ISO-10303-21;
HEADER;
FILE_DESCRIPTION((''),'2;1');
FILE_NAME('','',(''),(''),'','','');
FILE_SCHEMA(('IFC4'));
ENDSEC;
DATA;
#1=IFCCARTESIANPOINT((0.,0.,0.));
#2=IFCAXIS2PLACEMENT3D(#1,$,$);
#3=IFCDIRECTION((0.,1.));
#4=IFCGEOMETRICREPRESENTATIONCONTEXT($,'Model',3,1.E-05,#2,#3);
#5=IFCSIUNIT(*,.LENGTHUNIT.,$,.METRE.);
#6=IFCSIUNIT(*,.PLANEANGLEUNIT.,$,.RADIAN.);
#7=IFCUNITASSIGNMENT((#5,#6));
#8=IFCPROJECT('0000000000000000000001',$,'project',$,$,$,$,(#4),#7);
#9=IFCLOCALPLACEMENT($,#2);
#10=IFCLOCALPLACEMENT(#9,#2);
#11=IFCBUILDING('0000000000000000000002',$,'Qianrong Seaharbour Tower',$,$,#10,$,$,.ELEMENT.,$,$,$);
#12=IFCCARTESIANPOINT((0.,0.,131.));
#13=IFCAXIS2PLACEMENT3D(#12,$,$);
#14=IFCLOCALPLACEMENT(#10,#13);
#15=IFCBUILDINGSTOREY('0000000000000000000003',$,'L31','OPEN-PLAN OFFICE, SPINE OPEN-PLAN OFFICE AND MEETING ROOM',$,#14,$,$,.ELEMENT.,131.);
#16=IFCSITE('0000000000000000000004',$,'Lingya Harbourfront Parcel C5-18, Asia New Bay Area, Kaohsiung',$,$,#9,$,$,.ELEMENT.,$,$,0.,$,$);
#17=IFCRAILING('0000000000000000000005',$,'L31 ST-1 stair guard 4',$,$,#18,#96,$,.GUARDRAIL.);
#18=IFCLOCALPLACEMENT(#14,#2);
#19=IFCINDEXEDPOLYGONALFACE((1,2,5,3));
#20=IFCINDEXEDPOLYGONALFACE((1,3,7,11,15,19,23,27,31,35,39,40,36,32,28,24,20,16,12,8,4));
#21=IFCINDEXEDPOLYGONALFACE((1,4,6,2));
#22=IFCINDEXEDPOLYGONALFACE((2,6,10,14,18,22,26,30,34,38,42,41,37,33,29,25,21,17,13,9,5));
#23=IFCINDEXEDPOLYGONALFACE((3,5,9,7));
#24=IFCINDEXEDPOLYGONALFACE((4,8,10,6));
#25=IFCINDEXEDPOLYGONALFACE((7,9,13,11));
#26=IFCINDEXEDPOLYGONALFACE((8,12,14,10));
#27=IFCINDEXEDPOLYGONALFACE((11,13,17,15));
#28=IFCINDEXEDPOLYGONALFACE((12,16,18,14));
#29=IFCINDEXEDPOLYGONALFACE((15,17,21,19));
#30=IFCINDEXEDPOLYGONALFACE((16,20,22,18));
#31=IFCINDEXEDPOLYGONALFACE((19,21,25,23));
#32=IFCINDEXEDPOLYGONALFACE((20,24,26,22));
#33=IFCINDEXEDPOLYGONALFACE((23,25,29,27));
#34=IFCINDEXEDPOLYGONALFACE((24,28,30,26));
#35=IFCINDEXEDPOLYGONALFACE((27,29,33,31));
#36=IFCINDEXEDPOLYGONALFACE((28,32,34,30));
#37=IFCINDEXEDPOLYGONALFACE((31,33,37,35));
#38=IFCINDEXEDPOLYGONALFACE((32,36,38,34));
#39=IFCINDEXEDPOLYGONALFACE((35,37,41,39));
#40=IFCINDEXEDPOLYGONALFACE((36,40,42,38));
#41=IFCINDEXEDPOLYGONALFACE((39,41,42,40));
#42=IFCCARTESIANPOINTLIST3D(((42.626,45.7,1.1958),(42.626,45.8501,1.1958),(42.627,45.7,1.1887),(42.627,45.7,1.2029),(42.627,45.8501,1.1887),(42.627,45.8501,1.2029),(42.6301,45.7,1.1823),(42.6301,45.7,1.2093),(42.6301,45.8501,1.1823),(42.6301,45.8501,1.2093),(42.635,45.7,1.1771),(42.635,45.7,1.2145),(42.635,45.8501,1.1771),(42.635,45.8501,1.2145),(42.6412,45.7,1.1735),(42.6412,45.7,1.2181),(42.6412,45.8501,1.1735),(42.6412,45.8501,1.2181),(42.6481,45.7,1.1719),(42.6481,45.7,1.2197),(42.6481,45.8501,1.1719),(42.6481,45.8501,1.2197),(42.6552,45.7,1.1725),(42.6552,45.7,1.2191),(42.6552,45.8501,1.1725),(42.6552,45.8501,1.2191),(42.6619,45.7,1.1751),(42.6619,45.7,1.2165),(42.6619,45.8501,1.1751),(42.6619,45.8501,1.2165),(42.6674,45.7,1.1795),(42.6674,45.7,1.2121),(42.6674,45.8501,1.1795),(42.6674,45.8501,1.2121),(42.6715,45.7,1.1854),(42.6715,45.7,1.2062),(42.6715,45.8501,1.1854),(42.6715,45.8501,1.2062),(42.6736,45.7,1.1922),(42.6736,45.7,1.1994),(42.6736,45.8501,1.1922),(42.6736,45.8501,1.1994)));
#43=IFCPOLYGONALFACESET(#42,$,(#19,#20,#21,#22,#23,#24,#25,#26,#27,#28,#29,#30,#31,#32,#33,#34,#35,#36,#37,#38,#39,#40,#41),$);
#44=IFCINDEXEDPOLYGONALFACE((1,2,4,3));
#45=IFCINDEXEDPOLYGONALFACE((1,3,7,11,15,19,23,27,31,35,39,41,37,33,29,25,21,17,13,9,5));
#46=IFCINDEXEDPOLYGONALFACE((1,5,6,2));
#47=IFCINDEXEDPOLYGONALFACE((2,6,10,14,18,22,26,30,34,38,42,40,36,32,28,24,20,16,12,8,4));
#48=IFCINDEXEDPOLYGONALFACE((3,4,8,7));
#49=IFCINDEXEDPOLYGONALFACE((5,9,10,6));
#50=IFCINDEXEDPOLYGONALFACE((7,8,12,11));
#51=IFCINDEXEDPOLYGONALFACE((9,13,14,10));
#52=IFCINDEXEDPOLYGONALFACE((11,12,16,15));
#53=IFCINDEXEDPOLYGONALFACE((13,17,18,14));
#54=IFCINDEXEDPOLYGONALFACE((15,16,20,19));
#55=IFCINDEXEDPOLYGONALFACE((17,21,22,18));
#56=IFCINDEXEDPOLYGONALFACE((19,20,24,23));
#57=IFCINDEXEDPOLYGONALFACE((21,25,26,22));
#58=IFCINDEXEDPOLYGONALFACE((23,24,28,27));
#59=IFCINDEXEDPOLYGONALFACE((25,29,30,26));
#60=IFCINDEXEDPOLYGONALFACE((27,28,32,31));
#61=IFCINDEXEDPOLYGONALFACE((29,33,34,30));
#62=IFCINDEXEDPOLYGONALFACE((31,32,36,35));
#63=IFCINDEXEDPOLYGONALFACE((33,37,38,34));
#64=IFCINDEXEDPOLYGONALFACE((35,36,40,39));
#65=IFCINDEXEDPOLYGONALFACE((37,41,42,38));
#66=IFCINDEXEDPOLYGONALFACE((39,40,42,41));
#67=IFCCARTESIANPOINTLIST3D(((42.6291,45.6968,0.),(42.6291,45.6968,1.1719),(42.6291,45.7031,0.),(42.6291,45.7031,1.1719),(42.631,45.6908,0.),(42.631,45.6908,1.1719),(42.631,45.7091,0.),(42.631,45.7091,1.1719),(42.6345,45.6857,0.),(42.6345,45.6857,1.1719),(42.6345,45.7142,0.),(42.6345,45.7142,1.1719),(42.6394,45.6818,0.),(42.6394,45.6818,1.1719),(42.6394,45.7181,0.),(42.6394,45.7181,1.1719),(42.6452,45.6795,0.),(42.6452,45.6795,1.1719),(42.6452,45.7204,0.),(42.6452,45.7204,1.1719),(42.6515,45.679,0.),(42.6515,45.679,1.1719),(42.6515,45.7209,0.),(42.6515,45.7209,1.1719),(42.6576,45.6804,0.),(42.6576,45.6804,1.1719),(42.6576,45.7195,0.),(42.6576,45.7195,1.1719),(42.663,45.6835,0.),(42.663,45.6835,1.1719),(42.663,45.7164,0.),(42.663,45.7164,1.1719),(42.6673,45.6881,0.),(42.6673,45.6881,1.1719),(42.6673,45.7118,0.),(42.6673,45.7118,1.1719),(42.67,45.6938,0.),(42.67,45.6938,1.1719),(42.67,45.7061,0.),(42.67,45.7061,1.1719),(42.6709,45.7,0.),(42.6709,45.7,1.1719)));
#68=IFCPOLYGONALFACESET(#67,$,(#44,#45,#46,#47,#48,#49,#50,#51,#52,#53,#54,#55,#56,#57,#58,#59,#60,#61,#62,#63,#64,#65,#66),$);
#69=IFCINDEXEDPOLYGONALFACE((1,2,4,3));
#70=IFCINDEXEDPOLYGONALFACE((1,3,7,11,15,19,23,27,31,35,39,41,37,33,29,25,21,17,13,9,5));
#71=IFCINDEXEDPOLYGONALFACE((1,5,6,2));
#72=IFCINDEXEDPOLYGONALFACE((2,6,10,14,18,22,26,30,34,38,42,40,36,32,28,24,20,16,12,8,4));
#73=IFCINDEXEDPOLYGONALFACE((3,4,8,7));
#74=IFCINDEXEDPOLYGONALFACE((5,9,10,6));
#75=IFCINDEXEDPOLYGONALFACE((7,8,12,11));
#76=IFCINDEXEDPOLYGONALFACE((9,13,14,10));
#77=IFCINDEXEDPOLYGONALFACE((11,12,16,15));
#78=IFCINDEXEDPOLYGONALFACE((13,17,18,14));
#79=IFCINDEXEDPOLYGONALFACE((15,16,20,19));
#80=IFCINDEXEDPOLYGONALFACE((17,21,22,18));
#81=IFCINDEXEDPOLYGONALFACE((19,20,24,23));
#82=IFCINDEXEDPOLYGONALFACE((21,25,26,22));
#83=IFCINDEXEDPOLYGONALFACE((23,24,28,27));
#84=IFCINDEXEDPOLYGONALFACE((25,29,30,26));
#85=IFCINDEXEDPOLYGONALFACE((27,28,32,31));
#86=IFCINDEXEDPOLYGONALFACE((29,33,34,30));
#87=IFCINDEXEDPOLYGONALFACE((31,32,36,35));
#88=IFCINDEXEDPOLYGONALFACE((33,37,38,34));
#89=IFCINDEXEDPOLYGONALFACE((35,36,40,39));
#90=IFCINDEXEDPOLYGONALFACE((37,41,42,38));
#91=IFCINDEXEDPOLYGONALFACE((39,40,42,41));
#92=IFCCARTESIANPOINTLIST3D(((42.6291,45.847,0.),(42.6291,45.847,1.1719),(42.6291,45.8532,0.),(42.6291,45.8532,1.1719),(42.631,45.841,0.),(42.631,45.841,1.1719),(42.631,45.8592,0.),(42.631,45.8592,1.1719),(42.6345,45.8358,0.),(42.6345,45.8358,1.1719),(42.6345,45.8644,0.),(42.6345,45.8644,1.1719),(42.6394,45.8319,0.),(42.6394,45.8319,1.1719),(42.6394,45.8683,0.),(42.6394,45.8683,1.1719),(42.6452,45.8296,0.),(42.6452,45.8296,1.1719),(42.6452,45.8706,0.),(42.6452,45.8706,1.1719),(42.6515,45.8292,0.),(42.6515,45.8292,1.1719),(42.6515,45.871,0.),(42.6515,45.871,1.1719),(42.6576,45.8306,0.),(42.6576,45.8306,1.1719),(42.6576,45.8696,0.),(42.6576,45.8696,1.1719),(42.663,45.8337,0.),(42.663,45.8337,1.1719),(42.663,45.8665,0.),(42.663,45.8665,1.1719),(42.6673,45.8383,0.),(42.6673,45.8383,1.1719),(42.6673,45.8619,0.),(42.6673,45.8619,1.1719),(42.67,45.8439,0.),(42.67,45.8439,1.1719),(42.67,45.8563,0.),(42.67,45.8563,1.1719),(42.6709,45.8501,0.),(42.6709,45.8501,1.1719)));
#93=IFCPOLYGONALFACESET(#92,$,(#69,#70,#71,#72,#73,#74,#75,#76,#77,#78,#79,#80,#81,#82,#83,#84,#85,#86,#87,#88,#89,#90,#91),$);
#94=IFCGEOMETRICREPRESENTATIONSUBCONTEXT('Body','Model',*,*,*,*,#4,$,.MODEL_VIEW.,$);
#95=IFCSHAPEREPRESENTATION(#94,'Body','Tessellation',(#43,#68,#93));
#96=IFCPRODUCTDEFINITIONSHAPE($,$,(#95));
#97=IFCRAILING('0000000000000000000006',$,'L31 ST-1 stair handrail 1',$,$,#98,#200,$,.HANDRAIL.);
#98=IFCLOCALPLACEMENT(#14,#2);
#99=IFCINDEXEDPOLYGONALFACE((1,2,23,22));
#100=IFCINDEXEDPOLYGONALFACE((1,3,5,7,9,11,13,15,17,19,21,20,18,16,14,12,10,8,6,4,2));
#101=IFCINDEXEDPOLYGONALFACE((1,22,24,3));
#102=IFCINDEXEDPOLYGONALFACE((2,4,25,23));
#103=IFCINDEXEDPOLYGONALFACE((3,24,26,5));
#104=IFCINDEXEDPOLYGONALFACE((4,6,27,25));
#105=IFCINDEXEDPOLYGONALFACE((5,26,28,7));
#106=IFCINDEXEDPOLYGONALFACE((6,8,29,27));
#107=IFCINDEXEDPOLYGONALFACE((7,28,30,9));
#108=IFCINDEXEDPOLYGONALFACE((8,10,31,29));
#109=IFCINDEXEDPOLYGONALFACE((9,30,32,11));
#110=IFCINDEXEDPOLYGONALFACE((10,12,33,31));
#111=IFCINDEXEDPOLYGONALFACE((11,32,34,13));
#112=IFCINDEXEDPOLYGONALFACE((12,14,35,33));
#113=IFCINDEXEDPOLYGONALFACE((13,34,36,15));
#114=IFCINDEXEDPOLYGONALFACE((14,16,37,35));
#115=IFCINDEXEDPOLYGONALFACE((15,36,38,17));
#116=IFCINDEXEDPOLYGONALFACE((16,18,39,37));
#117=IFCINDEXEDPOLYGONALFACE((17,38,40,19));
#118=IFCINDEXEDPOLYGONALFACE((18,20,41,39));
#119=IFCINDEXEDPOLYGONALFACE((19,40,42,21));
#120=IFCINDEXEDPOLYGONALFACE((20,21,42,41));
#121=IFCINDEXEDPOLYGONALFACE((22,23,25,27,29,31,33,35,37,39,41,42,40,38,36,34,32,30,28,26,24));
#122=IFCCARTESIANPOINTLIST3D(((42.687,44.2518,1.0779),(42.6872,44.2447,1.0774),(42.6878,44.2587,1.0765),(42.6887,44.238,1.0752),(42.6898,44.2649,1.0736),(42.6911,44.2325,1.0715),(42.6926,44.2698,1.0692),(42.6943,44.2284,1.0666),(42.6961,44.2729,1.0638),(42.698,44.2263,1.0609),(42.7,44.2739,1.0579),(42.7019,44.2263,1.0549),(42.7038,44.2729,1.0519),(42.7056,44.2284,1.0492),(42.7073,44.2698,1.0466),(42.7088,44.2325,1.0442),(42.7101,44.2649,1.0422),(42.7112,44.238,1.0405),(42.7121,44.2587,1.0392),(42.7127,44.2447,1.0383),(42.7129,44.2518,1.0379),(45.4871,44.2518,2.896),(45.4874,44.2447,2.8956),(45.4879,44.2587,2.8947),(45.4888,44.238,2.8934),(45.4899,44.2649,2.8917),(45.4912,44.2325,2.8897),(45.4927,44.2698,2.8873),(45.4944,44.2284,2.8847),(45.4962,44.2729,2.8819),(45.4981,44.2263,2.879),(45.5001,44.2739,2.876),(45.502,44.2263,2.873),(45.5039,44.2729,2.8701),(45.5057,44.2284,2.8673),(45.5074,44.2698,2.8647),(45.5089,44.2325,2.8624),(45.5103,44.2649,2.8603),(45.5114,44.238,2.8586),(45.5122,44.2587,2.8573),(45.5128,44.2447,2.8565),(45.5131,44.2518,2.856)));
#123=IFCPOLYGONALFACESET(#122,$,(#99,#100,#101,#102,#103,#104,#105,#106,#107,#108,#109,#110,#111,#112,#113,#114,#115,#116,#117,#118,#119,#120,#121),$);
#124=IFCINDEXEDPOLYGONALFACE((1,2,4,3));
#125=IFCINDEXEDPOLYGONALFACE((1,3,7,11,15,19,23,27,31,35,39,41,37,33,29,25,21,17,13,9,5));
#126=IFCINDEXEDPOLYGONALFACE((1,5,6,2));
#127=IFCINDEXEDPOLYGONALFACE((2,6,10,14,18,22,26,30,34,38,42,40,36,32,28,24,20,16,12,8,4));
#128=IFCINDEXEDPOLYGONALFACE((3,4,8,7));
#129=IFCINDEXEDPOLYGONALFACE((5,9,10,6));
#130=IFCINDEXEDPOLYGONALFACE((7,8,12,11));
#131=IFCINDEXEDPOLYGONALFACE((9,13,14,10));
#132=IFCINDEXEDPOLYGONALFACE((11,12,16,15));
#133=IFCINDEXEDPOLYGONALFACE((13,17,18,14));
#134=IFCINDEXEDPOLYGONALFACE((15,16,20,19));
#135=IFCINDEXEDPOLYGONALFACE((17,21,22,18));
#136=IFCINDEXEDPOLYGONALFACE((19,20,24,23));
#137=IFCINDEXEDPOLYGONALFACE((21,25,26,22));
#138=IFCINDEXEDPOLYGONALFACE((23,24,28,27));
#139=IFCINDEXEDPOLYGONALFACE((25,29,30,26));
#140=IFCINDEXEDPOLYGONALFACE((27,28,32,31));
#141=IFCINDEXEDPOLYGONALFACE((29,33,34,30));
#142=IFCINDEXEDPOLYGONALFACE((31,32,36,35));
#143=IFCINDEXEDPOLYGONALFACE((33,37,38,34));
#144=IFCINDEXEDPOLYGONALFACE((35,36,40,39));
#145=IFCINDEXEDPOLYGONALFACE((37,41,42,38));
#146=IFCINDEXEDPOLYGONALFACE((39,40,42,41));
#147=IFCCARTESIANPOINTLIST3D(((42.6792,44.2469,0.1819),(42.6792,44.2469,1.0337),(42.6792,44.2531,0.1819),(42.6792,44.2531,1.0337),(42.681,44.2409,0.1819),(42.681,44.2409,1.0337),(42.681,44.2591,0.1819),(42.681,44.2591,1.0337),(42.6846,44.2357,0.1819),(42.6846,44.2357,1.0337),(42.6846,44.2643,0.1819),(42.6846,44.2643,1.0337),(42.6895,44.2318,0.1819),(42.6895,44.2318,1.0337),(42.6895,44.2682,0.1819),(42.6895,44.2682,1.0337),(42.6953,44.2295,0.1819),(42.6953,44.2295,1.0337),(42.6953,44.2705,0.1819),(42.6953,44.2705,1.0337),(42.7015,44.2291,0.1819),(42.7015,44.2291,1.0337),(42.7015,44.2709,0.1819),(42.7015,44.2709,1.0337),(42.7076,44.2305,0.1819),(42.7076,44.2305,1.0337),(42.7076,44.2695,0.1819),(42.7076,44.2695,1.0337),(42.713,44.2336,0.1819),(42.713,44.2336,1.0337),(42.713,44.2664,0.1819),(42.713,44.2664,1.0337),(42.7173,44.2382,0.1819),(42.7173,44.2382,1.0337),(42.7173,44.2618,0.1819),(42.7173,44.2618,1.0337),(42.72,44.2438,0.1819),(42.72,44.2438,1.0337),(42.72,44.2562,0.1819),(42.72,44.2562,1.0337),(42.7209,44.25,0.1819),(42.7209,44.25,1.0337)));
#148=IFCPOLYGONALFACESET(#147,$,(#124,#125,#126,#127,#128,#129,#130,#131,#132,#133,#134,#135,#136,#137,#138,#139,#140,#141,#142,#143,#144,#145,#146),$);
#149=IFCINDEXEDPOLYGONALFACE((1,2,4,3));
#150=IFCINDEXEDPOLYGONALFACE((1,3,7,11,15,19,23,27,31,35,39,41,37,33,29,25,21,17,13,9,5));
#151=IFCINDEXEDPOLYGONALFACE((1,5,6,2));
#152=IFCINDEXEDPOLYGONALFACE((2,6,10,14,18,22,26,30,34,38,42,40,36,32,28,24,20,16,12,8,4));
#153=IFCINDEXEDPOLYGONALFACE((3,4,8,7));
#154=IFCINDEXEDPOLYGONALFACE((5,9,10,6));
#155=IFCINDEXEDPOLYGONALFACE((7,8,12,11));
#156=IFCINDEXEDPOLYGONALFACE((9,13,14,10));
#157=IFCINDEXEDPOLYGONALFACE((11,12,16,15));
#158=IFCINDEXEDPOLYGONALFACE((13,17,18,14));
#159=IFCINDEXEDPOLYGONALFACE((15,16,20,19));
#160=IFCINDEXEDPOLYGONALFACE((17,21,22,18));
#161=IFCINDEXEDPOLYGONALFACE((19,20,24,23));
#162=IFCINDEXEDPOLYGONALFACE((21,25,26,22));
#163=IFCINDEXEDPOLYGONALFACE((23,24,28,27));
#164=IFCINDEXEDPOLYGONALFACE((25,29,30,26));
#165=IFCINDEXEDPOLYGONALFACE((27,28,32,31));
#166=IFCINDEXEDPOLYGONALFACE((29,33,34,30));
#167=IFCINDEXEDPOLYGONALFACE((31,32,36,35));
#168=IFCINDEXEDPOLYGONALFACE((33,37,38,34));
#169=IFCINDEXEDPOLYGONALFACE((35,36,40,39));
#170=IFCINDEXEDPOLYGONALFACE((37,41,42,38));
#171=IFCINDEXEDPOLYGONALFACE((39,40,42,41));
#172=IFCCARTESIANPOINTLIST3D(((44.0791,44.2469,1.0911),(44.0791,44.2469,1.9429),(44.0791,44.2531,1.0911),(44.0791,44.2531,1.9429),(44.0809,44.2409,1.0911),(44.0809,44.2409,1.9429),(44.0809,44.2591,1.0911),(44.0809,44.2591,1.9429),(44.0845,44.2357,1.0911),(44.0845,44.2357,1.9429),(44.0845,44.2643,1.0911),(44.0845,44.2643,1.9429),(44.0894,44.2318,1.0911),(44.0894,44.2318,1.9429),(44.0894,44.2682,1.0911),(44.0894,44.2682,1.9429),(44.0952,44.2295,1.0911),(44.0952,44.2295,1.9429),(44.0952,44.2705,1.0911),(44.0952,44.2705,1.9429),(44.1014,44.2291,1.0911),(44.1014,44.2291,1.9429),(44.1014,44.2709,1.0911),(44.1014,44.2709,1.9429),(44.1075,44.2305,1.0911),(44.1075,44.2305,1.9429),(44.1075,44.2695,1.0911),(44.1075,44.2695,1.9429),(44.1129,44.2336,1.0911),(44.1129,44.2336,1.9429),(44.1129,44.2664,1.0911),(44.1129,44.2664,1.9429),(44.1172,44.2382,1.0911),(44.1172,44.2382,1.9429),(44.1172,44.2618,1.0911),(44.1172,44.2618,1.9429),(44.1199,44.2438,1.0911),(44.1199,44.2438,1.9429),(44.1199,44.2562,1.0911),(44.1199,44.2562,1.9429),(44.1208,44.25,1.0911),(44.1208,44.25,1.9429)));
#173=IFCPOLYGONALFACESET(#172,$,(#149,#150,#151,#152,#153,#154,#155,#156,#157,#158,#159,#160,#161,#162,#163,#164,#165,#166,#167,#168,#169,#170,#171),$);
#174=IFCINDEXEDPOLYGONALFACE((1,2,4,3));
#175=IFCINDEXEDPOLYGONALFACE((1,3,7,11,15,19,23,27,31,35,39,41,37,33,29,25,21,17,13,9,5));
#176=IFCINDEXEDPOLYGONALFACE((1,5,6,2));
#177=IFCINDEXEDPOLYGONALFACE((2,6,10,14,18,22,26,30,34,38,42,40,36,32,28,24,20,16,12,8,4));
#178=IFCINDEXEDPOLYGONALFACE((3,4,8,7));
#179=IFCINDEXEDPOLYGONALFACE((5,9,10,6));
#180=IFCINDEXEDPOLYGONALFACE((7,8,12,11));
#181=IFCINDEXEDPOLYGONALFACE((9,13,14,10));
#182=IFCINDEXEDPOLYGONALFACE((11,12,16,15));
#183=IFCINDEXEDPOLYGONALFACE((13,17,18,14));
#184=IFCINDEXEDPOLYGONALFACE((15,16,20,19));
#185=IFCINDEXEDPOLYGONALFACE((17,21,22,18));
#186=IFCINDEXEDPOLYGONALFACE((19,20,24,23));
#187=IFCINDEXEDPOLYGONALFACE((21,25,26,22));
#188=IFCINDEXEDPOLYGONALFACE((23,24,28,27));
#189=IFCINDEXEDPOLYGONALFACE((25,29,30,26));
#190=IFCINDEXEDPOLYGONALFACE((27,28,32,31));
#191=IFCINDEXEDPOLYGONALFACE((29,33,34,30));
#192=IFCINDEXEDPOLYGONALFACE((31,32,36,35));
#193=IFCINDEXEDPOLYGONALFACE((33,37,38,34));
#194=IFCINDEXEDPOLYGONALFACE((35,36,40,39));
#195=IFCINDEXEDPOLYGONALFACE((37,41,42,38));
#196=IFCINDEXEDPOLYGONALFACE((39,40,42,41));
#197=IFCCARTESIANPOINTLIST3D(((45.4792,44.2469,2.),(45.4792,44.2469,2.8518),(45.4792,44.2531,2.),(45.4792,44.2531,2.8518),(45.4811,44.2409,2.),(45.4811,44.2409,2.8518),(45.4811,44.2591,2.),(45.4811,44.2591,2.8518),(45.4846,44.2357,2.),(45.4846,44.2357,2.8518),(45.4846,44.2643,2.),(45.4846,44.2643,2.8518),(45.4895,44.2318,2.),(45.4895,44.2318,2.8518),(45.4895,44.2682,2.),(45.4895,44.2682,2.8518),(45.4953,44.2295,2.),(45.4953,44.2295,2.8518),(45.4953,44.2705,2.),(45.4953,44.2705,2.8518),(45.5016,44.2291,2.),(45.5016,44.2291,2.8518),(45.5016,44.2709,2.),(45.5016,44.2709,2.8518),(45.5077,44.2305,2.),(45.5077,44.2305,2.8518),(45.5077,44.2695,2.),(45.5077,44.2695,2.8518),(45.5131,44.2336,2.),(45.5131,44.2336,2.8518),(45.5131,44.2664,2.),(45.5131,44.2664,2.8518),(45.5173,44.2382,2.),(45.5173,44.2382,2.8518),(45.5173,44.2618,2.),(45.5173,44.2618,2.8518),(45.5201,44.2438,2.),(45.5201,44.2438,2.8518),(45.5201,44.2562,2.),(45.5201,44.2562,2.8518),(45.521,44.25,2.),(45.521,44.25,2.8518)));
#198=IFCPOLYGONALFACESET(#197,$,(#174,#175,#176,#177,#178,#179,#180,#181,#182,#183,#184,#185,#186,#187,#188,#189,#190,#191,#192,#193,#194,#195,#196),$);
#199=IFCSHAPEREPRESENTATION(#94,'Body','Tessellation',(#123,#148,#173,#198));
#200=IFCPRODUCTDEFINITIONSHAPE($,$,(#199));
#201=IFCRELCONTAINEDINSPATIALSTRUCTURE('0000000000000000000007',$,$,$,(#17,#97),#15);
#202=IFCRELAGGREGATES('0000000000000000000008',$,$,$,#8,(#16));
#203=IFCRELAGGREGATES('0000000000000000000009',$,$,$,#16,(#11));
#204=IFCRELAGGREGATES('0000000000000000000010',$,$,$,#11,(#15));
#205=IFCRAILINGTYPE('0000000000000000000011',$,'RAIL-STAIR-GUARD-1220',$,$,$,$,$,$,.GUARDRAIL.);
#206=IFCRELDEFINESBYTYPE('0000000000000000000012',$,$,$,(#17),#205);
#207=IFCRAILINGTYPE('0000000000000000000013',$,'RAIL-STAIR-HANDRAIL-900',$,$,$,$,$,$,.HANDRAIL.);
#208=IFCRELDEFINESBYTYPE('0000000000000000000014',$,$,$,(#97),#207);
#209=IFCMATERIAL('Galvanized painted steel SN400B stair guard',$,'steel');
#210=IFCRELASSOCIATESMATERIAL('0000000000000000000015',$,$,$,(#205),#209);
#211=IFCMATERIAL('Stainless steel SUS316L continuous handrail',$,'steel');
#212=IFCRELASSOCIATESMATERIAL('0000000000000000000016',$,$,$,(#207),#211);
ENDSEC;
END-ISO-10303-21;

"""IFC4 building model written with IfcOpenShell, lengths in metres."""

from ifc_helpers import new_model, si_unit, direction, frame, origin, origin_2d, place, context, subcontext, project, spatial, circle, extrude, material, type_object, element, save


model = new_model("IFC4")

# Units and contexts
model_context = context("Model", 3, precision=1e-05, world=origin(), true_north=direction((0.0, 1.0)))
body_context = subcontext(model_context, "Body", "Model", "MODEL_VIEW")
ifc_project = project(units=[si_unit("LENGTHUNIT", "METRE"), si_unit("PLANEANGLEUNIT", "RADIAN")], contexts=[model_context])

# Site, building, storey
site_placement = place(None, origin())
site = spatial("IfcSite", under=ifc_project, at=site_placement, Name="Lingya Harbourfront Parcel C5-18, Asia New Bay Area, Kaohsiung", CompositionType="ELEMENT", RefElevation=0.0)
building_placement = place(site_placement, origin())
building = spatial("IfcBuilding", under=site, at=building_placement, Name="Qianrong Seaharbour Tower", CompositionType="ELEMENT")
storey_placement = place(building_placement, frame((0.0, 0.0, 131.0)))
storey = spatial("IfcBuildingStorey", under=building, at=storey_placement, Name="L31", Description="OPEN-PLAN OFFICE, SPINE OPEN-PLAN OFFICE AND MEETING ROOM", CompositionType="ELEMENT", Elevation=131.0)

# Railings
ifc_material_1 = material(Name="Galvanized painted steel SN400B stair guard", Category="steel")
railing_type_1 = type_object("IfcRailingType", Name="RAIL-STAIR-GUARD-1220", PredefinedType="GUARDRAIL", material=ifc_material_1)
railing_1_placement = place(storey_placement, frame((42.6499, 45.7, 0.0)))
element("IfcRailing", 1, at=railing_1_placement, inside=storey, type_object=railing_type_1, Name="L31 ST-1 stair guard 4", PredefinedType="GUARDRAIL", context=body_context, shape_type="SweptSolid", body=[
    extrude(circle(Radius=0.0239, at=origin_2d()), frame((0.0, 0.0, 1.1958), z_axis=(0.0, 1.0, 0.0), x_axis=(-1.0, 0.0, 0.0)), (0.0, 0.0, 1.0), 0.1501),
    extrude(circle(Radius=0.021, at=origin_2d()), origin(), (0.0, 0.0, 1.0), 1.1719),
    extrude(circle(Radius=0.021, at=origin_2d()), frame((0.0, 0.1501, 0.0)), (0.0, 0.0, 1.0), 1.1719),
])
ifc_material_2 = material(Name="Stainless steel SUS316L continuous handrail", Category="steel")
railing_type_2 = type_object("IfcRailingType", Name="RAIL-STAIR-HANDRAIL-900", PredefinedType="HANDRAIL", material=ifc_material_2)
railing_2_placement = place(storey_placement, frame((42.7, 44.25, 0.1819)))
element("IfcRailing", 2, at=railing_2_placement, inside=storey, type_object=railing_type_2, Name="L31 ST-1 stair handrail 1", PredefinedType="HANDRAIL", context=body_context, shape_type="SweptSolid", body=[
    extrude(circle(Radius=0.0239, at=origin_2d()), frame((0.0, 0.0, 0.876), z_axis=(0.838706, 0.0, 0.544585), x_axis=(0.0, 1.0, 0.0)), (0.0, 0.0, 1.0), 3.3386),
    extrude(circle(Radius=0.021, at=origin_2d()), origin(), (0.0, 0.0, 1.0), 0.8518),
    extrude(circle(Radius=0.021, at=origin_2d()), frame((1.3999, 0.0, 0.9092)), (0.0, 0.0, 1.0), 0.8518),
    extrude(circle(Radius=0.021, at=origin_2d()), frame((2.8, 0.0, 1.8181)), (0.0, 0.0, 1.0), 0.8518),
])

save(model, "model.ifc")
